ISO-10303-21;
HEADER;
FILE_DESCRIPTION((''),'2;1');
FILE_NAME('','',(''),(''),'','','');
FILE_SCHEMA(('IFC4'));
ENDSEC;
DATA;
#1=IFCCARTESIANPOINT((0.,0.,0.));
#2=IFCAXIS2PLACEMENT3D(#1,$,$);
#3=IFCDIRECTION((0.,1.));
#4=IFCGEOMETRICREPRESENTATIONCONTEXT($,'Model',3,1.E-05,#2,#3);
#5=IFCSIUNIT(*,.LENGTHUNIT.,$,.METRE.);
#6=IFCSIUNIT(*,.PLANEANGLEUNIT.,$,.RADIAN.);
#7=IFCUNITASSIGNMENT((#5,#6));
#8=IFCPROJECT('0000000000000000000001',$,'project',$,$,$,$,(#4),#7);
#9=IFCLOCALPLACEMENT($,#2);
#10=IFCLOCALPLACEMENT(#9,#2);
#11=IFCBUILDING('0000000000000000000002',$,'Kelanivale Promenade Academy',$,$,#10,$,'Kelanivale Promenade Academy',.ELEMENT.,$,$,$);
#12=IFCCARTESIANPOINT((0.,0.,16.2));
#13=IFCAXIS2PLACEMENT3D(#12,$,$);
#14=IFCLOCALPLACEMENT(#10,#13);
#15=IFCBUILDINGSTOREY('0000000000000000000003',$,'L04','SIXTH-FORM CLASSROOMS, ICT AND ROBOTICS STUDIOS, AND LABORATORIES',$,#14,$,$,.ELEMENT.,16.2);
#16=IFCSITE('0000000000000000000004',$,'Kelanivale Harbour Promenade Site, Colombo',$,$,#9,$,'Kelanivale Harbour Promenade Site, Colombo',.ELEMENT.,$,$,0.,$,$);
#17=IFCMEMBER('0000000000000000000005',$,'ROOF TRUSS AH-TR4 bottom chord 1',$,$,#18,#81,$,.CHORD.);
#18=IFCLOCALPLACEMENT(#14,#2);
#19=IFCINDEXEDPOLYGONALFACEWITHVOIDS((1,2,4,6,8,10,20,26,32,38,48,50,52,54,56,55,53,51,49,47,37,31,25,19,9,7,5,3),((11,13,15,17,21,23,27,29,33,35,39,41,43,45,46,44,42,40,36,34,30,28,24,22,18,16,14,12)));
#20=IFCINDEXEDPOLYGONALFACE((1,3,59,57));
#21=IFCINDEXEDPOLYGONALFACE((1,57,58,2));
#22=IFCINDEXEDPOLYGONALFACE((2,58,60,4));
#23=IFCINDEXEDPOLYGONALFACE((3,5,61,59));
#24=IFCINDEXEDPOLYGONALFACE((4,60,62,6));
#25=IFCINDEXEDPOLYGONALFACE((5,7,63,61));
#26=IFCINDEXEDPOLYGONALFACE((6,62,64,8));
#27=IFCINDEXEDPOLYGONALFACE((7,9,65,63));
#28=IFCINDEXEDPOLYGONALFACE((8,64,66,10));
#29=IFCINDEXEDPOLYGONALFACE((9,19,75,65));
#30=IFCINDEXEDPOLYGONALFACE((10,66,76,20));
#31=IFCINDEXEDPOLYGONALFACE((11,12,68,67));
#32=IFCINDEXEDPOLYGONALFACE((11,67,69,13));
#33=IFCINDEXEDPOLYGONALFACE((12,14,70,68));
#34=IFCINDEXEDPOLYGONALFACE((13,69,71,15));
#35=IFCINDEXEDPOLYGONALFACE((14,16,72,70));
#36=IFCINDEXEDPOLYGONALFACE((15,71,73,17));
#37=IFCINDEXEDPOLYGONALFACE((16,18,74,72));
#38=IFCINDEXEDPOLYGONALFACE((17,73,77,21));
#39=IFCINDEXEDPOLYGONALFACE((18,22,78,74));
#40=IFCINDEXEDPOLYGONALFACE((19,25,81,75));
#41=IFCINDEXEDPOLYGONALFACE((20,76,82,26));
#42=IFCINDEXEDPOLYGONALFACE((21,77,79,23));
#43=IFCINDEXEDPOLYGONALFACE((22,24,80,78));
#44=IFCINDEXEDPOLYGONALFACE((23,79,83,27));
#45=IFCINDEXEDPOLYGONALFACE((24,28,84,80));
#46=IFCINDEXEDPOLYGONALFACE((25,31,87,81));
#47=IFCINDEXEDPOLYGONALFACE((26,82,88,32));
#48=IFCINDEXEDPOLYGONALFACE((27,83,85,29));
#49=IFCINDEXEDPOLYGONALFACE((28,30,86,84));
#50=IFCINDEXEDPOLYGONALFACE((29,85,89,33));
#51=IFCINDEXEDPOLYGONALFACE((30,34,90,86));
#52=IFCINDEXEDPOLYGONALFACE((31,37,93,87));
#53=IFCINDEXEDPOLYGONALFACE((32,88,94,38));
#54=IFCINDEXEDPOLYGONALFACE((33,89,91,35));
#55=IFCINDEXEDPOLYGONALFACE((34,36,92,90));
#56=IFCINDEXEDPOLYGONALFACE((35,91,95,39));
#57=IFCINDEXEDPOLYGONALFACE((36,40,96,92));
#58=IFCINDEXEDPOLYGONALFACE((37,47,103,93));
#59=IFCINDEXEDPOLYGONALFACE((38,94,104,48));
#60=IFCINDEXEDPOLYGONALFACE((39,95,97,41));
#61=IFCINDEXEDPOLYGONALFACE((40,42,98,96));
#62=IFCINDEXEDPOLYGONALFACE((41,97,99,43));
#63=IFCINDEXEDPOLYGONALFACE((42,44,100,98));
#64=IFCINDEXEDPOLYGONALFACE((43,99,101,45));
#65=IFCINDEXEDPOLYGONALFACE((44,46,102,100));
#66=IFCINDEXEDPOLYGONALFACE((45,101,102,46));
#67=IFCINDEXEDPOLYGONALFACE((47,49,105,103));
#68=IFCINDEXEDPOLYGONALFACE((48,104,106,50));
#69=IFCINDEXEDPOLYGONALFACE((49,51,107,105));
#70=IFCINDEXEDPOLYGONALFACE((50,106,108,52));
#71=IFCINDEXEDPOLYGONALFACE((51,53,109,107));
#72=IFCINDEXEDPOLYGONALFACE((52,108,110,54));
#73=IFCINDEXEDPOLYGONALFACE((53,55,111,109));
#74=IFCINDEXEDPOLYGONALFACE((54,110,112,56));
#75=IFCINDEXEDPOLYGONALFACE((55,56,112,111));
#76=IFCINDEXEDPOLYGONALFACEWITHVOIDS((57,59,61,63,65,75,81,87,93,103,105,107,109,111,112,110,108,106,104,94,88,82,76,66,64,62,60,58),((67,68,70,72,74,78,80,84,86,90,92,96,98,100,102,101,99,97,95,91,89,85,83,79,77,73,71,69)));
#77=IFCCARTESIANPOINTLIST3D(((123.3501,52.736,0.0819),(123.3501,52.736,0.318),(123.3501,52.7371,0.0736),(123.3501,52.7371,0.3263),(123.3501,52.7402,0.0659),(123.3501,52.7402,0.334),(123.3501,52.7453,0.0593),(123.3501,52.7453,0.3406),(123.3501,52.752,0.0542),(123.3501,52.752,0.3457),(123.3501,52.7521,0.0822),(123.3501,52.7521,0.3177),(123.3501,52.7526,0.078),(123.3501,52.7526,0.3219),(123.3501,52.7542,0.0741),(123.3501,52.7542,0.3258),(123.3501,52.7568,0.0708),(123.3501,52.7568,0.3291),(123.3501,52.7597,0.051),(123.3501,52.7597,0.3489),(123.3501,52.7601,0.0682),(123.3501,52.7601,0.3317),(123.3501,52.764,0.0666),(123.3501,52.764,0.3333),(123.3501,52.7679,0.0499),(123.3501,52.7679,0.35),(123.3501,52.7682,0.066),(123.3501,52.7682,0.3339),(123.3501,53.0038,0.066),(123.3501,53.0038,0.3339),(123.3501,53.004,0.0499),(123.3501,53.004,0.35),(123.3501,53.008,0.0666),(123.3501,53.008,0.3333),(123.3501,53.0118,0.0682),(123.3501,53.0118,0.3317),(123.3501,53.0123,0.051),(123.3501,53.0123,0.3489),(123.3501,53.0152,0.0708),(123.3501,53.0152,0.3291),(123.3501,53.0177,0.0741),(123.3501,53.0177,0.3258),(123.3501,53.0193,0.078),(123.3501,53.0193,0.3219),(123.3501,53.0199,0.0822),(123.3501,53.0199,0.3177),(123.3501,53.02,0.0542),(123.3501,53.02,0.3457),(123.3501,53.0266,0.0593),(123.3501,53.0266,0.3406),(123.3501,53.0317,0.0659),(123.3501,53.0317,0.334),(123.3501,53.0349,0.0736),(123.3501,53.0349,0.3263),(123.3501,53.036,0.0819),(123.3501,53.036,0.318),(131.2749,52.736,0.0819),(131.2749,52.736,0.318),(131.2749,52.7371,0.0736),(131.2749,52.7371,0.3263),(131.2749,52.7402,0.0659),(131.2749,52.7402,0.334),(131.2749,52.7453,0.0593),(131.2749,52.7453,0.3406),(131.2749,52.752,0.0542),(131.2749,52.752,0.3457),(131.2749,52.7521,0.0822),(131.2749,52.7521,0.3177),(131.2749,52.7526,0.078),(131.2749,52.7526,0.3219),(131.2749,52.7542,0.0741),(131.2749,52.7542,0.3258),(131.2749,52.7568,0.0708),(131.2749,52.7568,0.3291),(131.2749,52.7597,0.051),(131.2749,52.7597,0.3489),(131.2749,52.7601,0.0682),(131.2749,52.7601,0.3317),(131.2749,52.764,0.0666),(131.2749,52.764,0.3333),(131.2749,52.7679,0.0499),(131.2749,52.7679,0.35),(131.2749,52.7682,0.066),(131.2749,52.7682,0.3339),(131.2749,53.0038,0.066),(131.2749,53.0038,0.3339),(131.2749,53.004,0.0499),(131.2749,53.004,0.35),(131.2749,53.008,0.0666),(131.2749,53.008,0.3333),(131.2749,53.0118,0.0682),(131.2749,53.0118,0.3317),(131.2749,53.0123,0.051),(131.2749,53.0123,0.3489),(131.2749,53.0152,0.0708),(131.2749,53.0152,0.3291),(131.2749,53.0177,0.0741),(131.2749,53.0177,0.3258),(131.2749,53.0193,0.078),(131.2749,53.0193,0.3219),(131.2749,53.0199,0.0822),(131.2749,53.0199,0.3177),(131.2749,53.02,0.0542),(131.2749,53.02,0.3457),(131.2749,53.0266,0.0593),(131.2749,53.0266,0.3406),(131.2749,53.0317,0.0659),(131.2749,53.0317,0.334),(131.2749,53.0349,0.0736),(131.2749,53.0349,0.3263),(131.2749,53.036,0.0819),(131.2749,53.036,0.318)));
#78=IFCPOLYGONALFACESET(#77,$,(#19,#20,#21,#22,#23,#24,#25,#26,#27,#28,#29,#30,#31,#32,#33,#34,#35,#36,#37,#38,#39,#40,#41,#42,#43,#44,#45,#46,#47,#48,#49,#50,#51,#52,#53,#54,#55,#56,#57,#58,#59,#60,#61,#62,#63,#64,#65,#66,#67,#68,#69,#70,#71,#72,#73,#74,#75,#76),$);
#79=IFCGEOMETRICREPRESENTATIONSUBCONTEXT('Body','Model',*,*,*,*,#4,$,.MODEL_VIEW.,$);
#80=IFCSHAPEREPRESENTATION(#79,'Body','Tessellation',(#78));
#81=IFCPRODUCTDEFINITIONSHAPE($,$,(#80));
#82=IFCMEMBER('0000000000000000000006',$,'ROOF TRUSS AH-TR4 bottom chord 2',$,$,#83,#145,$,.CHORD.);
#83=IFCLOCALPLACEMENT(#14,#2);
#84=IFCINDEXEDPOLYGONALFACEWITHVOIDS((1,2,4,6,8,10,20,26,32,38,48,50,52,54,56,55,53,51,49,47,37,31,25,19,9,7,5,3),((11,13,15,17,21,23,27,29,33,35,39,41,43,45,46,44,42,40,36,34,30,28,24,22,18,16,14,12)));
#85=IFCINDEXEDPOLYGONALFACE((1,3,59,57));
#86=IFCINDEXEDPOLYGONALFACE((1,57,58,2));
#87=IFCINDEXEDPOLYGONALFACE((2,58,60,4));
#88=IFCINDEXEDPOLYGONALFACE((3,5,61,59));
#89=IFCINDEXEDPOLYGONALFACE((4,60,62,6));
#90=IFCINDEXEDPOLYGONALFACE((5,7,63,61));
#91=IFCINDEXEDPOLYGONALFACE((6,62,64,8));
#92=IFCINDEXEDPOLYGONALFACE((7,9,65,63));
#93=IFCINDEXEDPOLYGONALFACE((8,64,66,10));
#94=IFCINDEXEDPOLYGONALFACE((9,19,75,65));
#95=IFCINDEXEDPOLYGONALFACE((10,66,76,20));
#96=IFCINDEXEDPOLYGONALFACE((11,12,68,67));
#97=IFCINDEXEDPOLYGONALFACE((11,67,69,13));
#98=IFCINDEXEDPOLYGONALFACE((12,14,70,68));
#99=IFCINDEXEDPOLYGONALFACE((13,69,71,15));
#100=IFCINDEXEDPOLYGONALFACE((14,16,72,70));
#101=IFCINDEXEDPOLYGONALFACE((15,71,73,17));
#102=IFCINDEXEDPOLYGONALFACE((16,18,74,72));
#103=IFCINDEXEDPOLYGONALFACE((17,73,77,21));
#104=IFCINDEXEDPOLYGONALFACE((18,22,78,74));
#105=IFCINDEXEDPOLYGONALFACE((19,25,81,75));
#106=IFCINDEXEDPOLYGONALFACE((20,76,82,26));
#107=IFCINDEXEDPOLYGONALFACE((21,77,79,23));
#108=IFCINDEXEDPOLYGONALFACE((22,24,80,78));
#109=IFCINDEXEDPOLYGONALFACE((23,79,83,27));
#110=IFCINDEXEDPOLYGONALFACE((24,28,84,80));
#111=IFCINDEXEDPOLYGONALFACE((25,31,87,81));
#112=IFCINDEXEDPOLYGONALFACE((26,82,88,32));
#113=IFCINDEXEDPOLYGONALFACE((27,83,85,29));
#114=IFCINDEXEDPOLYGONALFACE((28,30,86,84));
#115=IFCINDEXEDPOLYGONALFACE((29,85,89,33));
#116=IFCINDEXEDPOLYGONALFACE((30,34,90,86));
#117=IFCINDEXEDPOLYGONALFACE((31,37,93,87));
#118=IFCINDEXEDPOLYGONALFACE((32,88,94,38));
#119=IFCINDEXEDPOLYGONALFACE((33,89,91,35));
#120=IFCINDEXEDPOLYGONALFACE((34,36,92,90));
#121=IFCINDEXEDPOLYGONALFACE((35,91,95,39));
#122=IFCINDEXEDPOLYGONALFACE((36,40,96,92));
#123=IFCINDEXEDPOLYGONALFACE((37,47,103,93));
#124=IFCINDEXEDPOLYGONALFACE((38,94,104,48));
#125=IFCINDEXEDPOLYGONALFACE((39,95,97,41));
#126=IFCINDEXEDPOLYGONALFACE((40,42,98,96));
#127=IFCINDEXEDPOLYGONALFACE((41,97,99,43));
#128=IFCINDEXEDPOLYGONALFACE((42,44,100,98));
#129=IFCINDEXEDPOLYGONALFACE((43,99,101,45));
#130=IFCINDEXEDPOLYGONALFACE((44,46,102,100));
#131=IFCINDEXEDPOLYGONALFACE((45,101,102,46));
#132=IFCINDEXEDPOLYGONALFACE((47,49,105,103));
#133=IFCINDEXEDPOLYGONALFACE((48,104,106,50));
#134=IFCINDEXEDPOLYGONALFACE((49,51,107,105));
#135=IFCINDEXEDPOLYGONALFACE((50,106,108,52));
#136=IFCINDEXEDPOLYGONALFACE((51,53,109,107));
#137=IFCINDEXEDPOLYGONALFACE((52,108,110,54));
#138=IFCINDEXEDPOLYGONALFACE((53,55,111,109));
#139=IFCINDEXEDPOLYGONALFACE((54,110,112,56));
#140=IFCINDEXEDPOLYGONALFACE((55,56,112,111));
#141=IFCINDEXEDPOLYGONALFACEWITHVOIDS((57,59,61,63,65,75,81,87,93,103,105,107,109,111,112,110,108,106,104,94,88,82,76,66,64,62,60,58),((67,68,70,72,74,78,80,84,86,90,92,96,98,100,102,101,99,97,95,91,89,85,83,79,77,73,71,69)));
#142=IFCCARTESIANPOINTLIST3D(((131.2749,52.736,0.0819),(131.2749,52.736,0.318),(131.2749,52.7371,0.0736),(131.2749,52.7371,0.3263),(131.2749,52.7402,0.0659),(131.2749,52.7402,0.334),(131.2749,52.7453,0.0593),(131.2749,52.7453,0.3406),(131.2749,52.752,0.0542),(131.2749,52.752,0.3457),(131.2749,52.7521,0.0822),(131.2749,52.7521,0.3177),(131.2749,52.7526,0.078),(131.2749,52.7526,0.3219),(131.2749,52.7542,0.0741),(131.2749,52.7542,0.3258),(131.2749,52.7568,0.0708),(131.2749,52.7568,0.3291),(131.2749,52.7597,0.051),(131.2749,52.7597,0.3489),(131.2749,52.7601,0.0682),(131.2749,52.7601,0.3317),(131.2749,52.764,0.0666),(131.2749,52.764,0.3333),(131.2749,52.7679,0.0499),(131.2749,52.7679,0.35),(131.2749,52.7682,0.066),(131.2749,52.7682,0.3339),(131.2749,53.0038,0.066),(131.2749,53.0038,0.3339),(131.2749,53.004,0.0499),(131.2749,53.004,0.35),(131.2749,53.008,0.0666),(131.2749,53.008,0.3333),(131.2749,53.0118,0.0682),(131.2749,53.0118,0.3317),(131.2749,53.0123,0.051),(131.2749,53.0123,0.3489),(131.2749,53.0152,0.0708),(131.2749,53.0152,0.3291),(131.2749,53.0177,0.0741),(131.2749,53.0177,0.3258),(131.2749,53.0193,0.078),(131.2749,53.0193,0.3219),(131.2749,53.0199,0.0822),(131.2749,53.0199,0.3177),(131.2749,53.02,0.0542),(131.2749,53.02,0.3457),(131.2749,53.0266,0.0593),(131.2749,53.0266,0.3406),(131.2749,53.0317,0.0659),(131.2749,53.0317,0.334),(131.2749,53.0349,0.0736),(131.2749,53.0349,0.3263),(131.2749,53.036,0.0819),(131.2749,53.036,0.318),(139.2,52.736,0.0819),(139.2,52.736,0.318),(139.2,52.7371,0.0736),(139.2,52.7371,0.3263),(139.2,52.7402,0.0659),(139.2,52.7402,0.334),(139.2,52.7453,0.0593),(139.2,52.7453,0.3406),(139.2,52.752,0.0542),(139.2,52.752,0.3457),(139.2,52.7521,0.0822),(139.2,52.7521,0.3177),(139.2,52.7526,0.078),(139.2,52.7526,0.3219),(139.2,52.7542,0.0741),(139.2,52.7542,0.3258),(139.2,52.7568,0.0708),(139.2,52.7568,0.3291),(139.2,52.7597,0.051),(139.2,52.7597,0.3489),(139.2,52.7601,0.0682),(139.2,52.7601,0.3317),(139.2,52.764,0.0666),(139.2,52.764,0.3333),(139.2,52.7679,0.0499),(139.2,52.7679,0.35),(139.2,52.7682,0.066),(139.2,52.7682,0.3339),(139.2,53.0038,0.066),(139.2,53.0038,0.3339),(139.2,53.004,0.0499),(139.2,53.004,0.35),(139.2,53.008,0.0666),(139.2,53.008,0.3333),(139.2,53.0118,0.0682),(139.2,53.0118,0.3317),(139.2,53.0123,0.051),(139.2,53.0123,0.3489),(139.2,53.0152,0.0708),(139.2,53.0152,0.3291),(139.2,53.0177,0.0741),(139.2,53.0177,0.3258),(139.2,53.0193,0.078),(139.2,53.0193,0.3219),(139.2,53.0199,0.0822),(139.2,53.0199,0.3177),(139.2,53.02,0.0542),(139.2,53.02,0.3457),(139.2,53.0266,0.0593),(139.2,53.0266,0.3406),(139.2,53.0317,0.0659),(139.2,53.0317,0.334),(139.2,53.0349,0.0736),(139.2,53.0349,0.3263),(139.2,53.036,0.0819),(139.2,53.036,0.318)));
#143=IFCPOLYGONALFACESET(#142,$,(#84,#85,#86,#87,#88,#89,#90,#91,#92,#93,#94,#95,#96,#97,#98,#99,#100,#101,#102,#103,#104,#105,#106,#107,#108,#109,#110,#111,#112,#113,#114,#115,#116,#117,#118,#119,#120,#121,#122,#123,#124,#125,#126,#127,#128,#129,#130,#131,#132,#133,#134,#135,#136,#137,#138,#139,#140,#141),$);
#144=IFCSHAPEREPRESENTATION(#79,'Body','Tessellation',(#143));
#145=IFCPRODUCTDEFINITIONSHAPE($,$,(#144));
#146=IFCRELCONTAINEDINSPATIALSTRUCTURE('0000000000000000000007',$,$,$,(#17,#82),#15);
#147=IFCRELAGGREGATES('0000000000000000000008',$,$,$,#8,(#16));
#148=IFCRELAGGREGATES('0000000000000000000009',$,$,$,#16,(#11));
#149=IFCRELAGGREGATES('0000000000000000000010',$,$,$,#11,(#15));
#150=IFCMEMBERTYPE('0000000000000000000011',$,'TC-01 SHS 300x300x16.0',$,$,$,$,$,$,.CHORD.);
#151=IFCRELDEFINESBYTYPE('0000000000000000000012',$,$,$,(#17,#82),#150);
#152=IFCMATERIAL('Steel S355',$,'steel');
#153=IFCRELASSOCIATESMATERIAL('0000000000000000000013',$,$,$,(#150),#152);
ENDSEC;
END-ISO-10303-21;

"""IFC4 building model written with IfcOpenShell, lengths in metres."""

from ifc_helpers import new_model, si_unit, direction, frame, origin, origin_2d, place, context, subcontext, project, spatial, hollow_rectangle, extrude, material, material_profile, profile_set, type_object, element, save


model = new_model("IFC4")

# Units and contexts
model_context = context("Model", 3, precision=1e-05, world=origin(), true_north=direction((0.0, 1.0)))
body_context = subcontext(model_context, "Body", "Model", "MODEL_VIEW")
ifc_project = project(units=[si_unit("LENGTHUNIT", "METRE"), si_unit("PLANEANGLEUNIT", "RADIAN")], contexts=[model_context])

# Site, building, storey
site_placement = place(None, origin())
site = spatial("IfcSite", under=ifc_project, at=site_placement, Name="Kelanivale Harbour Promenade Site, Colombo", LongName="Kelanivale Harbour Promenade Site, Colombo", CompositionType="ELEMENT", RefElevation=0.0)
building_placement = place(site_placement, origin())
building = spatial("IfcBuilding", under=site, at=building_placement, Name="Kelanivale Promenade Academy", LongName="Kelanivale Promenade Academy", CompositionType="ELEMENT")
storey_placement = place(building_placement, frame((0.0, 0.0, 16.2)))
storey = spatial("IfcBuildingStorey", under=building, at=storey_placement, Name="L04", Description="SIXTH-FORM CLASSROOMS, ICT AND ROBOTICS STUDIOS, AND LABORATORIES", CompositionType="ELEMENT", Elevation=16.2)

# Shared definitions
ifc_material_1 = material(Name="Steel S355", Category="steel")

# Members
ifc_material_profile_1 = material_profile(ifc_material_1, hollow_rectangle(XDim=0.3, YDim=0.3, WallThickness=0.0161, InnerFilletRadius=0.0161, OuterFilletRadius=0.032, at=origin_2d()), Name="SHS 300x300x16.0")
ifc_profile_set_1 = profile_set([ifc_material_profile_1], Name="Steel S355")
member_type_1 = type_object("IfcMemberType", Name="TC-01 SHS 300x300x16.0", PredefinedType="CHORD", material=ifc_profile_set_1)
member_1_placement = place(storey_placement, frame((123.3501, 52.886, 0.2), z_axis=(1.0, 0.0, 0.0), x_axis=(0.0, 1.0, 0.0)))
element("IfcMember", 1, at=member_1_placement, inside=storey, type_object=member_type_1, Name="ROOF TRUSS AH-TR4 bottom chord 1", PredefinedType="CHORD", context=body_context, shape_type="SweptSolid", body=[
    extrude(hollow_rectangle(XDim=0.3, YDim=0.3, WallThickness=0.0161, InnerFilletRadius=0.0161, OuterFilletRadius=0.032, at=origin_2d()), origin(), (0.0, 0.0, 1.0), 7.9248),
])
member_2_placement = place(storey_placement, frame((131.2749, 52.886, 0.2), z_axis=(1.0, 0.0, 0.0), x_axis=(0.0, 1.0, 0.0)))
element("IfcMember", 2, at=member_2_placement, inside=storey, type_object=member_type_1, Name="ROOF TRUSS AH-TR4 bottom chord 2", PredefinedType="CHORD", context=body_context, shape_type="SweptSolid", body=[
    extrude(hollow_rectangle(XDim=0.3, YDim=0.3, WallThickness=0.0161, InnerFilletRadius=0.0161, OuterFilletRadius=0.032, at=origin_2d()), origin(), (0.0, 0.0, 1.0), 7.925),
])

save(model, "model.ifc")
